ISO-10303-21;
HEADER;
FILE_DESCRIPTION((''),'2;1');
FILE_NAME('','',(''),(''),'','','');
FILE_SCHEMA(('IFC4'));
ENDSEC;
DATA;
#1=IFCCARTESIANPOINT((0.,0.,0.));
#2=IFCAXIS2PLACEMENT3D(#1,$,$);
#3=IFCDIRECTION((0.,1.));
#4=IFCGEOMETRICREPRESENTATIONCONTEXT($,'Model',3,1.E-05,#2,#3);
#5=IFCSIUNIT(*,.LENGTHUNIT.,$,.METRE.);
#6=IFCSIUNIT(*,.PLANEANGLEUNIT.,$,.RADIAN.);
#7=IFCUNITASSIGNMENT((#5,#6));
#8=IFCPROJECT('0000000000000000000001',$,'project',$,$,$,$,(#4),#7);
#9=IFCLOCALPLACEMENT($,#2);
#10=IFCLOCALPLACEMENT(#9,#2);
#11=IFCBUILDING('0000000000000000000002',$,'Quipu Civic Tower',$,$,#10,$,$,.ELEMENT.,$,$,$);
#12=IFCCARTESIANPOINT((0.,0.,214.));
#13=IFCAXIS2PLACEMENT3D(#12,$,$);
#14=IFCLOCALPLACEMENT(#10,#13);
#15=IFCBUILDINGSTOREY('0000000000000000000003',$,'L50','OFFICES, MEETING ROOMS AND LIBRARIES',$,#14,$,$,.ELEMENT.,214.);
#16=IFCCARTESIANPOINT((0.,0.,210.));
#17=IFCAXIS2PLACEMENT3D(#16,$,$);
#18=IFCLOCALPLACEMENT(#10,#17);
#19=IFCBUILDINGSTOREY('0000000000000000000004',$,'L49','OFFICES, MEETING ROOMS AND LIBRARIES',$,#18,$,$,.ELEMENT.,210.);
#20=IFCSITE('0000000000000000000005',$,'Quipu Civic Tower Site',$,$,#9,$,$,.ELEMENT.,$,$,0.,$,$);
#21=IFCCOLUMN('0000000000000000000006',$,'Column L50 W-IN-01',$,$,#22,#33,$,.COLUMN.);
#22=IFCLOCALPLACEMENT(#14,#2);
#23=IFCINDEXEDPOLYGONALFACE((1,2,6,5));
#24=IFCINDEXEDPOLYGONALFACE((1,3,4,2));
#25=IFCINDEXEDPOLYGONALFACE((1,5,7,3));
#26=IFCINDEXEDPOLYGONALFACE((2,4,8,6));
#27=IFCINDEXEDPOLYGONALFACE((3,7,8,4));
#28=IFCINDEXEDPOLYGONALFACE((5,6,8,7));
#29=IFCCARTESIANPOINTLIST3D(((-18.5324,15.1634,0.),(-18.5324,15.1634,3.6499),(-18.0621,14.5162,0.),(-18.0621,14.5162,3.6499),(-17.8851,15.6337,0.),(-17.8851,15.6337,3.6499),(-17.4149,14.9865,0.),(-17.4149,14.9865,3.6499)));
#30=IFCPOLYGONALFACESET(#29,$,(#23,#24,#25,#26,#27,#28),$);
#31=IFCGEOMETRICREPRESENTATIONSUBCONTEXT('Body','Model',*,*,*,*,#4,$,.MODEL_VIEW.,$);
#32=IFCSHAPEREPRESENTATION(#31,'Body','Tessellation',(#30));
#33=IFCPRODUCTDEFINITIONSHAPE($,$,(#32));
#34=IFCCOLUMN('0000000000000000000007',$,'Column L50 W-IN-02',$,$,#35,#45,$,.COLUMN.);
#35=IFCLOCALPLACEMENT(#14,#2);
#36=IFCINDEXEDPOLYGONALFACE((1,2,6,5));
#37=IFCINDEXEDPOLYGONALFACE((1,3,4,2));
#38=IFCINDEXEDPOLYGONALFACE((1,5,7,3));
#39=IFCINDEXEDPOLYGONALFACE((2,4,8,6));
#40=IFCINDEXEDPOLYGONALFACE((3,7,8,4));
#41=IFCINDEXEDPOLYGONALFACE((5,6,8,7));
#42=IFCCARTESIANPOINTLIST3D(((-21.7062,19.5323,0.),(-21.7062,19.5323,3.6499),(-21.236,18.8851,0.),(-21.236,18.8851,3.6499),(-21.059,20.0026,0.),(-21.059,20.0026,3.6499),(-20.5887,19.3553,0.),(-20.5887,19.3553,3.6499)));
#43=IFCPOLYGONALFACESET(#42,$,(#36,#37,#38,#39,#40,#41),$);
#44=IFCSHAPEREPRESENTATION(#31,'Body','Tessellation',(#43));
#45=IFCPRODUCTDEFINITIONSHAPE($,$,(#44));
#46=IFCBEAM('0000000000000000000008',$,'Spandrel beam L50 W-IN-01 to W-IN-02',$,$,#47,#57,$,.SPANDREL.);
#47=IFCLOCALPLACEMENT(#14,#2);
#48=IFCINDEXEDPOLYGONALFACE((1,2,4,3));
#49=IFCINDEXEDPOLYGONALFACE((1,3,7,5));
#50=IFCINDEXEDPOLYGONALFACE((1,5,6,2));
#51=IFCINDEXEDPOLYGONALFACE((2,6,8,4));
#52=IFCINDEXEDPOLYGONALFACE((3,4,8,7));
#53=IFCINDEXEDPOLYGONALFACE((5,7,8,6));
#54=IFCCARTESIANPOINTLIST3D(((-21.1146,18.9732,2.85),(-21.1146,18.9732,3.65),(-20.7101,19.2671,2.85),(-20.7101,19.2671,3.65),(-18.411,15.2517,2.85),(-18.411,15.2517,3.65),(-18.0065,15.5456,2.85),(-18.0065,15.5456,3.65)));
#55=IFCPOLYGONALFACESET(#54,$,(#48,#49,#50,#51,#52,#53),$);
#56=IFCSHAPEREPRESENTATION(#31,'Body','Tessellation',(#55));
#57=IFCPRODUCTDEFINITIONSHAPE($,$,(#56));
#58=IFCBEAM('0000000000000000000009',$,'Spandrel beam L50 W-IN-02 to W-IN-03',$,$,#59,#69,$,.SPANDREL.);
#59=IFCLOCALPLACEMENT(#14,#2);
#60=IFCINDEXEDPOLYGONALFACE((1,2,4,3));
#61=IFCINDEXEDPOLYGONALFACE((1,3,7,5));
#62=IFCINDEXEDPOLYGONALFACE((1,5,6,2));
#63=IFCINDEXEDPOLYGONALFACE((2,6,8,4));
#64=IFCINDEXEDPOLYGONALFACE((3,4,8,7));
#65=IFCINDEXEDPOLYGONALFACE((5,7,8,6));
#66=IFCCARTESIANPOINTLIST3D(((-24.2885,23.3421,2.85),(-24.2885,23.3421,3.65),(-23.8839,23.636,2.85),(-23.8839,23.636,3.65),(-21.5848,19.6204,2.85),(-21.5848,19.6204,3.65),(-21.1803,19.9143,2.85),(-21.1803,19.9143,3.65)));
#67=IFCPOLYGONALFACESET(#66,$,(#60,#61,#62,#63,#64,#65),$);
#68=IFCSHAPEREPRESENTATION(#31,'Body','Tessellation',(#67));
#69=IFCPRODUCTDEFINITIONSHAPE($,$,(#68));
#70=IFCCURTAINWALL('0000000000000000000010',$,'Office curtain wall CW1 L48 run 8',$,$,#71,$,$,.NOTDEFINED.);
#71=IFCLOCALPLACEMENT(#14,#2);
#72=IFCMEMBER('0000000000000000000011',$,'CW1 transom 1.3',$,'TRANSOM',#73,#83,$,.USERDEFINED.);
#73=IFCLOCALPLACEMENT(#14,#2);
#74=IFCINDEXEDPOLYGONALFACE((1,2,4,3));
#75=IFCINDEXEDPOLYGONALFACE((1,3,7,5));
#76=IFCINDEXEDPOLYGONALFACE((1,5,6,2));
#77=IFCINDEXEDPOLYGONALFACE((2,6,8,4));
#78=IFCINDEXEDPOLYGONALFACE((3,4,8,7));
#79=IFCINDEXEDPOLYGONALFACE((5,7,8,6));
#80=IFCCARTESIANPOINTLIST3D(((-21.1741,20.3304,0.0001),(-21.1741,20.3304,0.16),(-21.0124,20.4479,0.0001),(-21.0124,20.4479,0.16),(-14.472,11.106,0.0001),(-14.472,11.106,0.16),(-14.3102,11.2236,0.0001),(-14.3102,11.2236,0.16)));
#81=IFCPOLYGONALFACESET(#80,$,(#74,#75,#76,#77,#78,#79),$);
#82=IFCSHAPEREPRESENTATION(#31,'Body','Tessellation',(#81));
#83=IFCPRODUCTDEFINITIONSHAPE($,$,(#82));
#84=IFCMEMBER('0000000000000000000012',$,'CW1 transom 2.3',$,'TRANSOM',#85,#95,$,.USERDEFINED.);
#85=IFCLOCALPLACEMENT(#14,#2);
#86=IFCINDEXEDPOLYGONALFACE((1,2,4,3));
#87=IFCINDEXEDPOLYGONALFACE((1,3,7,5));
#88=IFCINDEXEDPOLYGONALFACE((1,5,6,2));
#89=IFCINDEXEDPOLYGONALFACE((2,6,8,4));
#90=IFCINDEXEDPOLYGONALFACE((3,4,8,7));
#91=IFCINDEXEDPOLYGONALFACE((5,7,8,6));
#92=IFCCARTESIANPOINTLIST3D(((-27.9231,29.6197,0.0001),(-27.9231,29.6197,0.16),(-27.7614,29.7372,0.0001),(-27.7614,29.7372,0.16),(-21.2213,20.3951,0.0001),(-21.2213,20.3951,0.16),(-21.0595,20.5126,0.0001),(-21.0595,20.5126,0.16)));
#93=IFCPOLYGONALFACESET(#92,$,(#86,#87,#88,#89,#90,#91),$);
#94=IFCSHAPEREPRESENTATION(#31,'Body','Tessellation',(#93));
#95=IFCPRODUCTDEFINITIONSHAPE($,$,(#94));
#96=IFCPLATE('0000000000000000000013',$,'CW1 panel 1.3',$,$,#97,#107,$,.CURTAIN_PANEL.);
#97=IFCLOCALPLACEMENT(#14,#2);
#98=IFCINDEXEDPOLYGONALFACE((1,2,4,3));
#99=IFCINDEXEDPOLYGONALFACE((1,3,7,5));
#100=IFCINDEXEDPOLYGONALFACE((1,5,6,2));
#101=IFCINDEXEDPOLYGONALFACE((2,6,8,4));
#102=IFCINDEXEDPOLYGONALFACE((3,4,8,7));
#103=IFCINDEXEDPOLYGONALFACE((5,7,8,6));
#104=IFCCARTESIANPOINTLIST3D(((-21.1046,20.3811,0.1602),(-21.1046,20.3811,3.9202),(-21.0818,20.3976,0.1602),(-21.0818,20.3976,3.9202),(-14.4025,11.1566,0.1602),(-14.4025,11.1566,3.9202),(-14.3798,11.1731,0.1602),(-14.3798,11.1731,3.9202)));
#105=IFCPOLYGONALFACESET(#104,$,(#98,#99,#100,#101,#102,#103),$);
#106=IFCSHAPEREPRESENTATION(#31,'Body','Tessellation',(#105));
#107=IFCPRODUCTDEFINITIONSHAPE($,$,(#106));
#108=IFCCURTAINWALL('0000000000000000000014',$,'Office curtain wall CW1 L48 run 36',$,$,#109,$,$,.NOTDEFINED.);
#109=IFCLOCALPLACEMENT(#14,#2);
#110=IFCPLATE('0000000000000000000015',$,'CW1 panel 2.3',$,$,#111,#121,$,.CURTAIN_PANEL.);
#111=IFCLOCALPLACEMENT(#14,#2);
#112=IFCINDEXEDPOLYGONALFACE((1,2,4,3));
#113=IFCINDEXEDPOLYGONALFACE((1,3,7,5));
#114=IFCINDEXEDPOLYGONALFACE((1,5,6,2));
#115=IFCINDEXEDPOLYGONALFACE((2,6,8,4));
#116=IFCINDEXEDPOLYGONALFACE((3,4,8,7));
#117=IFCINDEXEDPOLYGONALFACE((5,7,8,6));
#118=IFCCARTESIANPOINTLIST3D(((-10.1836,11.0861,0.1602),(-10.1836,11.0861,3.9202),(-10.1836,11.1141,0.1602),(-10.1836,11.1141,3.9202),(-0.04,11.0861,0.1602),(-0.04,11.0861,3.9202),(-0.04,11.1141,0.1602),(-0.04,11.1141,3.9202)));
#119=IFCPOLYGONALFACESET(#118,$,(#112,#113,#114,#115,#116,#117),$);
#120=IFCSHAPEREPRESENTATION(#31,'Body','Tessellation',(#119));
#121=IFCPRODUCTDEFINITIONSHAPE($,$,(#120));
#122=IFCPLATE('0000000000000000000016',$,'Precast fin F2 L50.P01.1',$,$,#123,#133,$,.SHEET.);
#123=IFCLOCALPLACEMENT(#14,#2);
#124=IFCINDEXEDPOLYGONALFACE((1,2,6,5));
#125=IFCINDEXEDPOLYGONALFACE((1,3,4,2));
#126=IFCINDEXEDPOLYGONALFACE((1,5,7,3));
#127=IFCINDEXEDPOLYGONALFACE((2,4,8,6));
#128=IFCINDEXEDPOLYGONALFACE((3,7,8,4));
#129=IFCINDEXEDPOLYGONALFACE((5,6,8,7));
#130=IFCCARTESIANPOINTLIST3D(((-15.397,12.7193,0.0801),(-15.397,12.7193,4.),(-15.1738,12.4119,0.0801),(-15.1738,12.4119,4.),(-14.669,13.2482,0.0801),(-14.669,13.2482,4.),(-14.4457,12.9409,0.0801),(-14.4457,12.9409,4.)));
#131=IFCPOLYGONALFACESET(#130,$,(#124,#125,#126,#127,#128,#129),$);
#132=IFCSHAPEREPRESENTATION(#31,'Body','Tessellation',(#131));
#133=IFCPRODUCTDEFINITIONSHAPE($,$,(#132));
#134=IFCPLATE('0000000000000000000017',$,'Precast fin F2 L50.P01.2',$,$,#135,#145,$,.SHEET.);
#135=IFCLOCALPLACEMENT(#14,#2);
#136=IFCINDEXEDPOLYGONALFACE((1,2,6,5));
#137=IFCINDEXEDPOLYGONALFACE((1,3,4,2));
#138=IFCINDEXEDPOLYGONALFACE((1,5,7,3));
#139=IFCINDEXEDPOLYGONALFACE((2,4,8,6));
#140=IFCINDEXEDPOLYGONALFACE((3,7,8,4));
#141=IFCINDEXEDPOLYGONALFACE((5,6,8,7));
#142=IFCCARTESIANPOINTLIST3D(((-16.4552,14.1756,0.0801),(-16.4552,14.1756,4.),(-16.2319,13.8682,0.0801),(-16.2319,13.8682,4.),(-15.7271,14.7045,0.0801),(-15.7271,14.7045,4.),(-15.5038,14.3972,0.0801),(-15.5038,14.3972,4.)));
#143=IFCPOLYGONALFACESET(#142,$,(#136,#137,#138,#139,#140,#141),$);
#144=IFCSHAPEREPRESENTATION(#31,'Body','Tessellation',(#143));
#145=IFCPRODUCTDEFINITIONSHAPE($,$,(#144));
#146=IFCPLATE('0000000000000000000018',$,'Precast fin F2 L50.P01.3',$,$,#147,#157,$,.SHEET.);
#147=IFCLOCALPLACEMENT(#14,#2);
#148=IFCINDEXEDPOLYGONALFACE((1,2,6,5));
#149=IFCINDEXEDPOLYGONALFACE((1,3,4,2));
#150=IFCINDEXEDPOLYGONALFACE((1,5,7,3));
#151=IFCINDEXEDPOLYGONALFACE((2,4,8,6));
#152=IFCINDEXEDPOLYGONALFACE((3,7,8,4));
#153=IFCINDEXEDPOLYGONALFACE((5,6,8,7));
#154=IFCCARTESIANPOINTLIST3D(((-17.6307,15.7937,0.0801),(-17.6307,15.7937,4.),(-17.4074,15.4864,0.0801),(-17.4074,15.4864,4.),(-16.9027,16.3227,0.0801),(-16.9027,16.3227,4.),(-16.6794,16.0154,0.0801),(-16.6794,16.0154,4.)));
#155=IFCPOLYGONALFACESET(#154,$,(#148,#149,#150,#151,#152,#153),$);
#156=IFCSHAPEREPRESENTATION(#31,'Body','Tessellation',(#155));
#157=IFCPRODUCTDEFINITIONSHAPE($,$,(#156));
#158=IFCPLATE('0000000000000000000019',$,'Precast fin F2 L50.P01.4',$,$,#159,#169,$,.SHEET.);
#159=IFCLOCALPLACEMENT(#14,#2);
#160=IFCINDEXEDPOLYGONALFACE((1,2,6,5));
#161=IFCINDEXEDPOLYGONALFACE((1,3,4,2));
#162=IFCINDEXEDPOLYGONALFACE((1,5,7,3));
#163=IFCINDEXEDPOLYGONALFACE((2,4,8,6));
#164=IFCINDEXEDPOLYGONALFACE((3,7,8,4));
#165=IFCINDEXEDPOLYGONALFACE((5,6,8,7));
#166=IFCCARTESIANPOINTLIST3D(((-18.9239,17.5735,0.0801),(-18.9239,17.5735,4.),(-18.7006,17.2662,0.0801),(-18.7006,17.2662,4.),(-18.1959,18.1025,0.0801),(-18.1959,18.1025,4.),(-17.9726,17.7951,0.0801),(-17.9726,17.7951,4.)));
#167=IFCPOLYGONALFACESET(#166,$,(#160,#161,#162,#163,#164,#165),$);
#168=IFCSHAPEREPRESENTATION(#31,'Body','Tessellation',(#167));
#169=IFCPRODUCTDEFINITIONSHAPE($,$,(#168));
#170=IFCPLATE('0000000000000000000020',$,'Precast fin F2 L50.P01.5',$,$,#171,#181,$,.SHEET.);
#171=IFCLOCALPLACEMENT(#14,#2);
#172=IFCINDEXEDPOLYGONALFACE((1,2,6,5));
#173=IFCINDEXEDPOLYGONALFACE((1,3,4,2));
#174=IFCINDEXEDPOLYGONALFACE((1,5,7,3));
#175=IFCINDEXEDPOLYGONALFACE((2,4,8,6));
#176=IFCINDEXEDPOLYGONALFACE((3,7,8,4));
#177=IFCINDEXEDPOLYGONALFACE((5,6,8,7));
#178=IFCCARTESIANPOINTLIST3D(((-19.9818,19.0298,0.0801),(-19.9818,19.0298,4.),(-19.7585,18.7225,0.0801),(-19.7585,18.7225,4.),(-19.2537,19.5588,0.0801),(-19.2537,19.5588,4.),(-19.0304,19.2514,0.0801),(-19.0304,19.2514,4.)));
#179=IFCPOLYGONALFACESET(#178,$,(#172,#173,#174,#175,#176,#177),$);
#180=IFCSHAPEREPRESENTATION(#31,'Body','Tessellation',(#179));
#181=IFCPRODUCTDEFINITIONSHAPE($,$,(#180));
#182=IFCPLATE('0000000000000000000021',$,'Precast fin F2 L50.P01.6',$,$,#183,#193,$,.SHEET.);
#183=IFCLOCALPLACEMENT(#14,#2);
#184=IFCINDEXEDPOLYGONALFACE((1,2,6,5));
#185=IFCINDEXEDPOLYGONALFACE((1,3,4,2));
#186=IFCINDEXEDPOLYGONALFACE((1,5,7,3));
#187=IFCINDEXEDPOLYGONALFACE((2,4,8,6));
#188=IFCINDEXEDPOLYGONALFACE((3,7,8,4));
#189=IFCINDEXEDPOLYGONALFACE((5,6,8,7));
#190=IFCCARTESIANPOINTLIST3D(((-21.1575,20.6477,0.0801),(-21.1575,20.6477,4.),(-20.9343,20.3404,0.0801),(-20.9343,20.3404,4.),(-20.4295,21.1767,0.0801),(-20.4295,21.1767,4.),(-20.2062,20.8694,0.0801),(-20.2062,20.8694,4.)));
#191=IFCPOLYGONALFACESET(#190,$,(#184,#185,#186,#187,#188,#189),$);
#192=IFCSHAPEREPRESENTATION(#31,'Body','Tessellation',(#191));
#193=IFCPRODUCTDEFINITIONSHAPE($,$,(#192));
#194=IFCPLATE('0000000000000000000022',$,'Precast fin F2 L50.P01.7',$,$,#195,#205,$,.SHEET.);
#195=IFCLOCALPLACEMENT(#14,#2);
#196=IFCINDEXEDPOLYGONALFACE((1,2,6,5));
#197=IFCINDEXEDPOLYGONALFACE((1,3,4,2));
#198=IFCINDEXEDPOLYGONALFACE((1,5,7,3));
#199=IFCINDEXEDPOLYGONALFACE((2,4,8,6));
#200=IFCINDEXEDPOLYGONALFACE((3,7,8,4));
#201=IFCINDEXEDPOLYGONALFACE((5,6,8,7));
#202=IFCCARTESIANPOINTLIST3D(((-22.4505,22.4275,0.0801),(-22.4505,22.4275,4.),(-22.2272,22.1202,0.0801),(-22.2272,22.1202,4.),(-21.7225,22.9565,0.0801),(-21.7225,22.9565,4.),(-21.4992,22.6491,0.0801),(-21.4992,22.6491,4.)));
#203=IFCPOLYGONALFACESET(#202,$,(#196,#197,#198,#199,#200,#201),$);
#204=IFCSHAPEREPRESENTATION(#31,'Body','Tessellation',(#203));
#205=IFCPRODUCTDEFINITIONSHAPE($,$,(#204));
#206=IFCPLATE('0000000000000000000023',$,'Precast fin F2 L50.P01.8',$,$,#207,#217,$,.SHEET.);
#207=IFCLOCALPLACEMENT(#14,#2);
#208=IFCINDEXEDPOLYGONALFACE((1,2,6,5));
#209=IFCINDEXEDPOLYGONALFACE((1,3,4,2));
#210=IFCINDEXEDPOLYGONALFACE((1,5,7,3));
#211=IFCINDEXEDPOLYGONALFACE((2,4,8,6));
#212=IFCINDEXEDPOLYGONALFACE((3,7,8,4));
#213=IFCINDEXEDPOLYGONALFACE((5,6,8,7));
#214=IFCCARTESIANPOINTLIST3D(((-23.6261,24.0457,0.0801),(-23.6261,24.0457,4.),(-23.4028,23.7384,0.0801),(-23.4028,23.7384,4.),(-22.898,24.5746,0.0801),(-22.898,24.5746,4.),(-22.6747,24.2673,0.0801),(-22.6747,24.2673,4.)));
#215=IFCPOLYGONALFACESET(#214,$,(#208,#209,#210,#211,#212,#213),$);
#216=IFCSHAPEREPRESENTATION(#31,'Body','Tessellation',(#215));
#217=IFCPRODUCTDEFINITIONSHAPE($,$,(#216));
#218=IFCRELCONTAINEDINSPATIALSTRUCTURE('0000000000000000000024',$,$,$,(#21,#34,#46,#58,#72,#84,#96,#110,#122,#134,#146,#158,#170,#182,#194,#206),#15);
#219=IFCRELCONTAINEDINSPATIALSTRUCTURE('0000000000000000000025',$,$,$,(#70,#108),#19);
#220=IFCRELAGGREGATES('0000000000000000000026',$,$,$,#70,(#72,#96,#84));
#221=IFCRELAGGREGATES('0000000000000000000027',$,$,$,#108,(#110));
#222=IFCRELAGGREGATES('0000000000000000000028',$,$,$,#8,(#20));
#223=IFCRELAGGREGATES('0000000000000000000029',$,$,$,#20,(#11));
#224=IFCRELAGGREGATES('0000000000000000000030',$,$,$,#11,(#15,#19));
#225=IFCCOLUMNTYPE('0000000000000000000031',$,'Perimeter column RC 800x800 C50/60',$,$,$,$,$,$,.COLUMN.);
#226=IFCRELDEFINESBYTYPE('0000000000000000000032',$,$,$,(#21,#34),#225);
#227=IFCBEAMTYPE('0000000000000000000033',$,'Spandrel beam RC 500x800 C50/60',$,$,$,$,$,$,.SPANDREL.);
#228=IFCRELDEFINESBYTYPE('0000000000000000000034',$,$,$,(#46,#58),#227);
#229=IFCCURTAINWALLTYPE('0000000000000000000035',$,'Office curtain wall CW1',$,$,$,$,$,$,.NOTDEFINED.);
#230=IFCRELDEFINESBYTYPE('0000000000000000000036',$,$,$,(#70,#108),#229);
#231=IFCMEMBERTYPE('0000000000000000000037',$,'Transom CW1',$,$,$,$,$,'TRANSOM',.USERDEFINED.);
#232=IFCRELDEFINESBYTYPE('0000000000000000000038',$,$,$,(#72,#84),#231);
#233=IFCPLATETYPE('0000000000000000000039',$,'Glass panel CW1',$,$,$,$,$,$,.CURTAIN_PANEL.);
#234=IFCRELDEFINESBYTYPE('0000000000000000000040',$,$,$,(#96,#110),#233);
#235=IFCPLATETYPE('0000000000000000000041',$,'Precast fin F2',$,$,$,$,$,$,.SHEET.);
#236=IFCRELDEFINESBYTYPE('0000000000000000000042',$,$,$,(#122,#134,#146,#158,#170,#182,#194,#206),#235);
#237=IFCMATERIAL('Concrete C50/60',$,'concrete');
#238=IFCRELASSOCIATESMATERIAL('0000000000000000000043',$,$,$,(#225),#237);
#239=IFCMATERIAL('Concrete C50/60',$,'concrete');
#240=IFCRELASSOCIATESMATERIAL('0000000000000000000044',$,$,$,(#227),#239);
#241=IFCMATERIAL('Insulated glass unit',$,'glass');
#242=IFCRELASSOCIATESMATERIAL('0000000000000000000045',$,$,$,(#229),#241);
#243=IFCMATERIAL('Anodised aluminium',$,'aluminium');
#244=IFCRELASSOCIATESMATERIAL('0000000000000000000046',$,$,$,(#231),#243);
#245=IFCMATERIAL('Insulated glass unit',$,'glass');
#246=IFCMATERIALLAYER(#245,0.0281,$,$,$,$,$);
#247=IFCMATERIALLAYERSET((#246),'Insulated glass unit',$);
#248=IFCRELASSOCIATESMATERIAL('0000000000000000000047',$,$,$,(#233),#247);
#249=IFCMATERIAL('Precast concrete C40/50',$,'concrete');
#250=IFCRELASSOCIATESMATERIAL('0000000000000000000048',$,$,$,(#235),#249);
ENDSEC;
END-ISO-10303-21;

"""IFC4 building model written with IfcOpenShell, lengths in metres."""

from ifc_helpers import new_model, si_unit, direction, frame, origin, origin_2d, place, context, subcontext, project, spatial, rectangle, extrude, material, layer, layer_set, material_profile, profile_set, type_object, element, aggregate, save


model = new_model("IFC4")

# Units and contexts
model_context = context("Model", 3, precision=1e-05, world=origin(), true_north=direction((0.0, 1.0)))
body_context = subcontext(model_context, "Body", "Model", "MODEL_VIEW")
ifc_project = project(units=[si_unit("LENGTHUNIT", "METRE"), si_unit("PLANEANGLEUNIT", "RADIAN")], contexts=[model_context])

# Site, building, storey
site_placement = place(None, origin())
site = spatial("IfcSite", under=ifc_project, at=site_placement, Name="Quipu Civic Tower Site", CompositionType="ELEMENT", RefElevation=0.0)
building_placement = place(site_placement, origin())
building = spatial("IfcBuilding", under=site, at=building_placement, Name="Quipu Civic Tower", CompositionType="ELEMENT")
storey_1_placement = place(building_placement, frame((0.0, 0.0, 214.0)))
storey_1 = spatial("IfcBuildingStorey", under=building, at=storey_1_placement, Name="L50", Description="OFFICES, MEETING ROOMS AND LIBRARIES", CompositionType="ELEMENT", Elevation=214.0)

# Columns
ifc_material_1 = material(Name="Concrete C50/60", Category="concrete")
ifc_material_profile_1 = material_profile(ifc_material_1, rectangle(XDim=0.8, YDim=0.8, at=origin_2d()), Name="RC800x800")
ifc_profile_set_1 = profile_set([ifc_material_profile_1], Name="Concrete C50/60")
column_type = type_object("IfcColumnType", Name="Perimeter column RC 800x800 C50/60", PredefinedType="COLUMN", material=ifc_profile_set_1)
for number, where, z_axis, x_axis, name in (
    (1, (-17.9736, 15.075, 0.0), (0.0, 0.0, 1.0), (-0.587785, 0.809017, 0.0), "Column L50 W-IN-01"),
    (2, (-21.1475, 19.4438, 0.0), (0.0, 0.0, 1.0), (-0.587785, 0.809017, 0.0), "Column L50 W-IN-02"),
):
    element("IfcColumn", number, at=place(storey_1_placement, frame(where, z_axis=z_axis, x_axis=x_axis)), inside=storey_1, type_object=column_type, Name=name, PredefinedType="COLUMN", context=body_context, shape_type="SweptSolid", body=[
        extrude(rectangle(XDim=0.8, YDim=0.8, at=origin_2d()), origin(), (0.0, 0.0, 1.0), 3.6499),
    ])

# Beams
ifc_material_2 = material(Name="Concrete C50/60", Category="concrete")
ifc_material_profile_2 = material_profile(ifc_material_2, rectangle(XDim=0.5, YDim=0.8, at=origin_2d()), Name="RC500x800")
ifc_profile_set_2 = profile_set([ifc_material_profile_2], Name="Concrete C50/60")
beam_type = type_object("IfcBeamType", Name="Spandrel beam RC 500x800 C50/60", PredefinedType="SPANDREL", material=ifc_profile_set_2)
beam_1_placement = place(storey_1_placement, frame((-18.2087, 15.3987, 3.25), z_axis=(-0.587761, 0.809034, 0.0), x_axis=(-0.809034, -0.587761, 0.0)))
element("IfcBeam", 3, at=beam_1_placement, inside=storey_1, type_object=beam_type, Name="Spandrel beam L50 W-IN-01 to W-IN-02", PredefinedType="SPANDREL", context=body_context, shape_type="SweptSolid", body=[
    extrude(rectangle(XDim=0.5, YDim=0.8, at=origin_2d()), origin(), (0.0, 0.0, 1.0), 4.5999),
])
beam_2_placement = place(storey_1_placement, frame((-21.3826, 19.7673, 3.25), z_axis=(-0.587736, 0.809053, 0.0), x_axis=(-0.809053, -0.587736, 0.0)))
element("IfcBeam", 4, at=beam_2_placement, inside=storey_1, type_object=beam_type, Name="Spandrel beam L50 W-IN-02 to W-IN-03", PredefinedType="SPANDREL", context=body_context, shape_type="SweptSolid", body=[
    extrude(rectangle(XDim=0.5, YDim=0.8, at=origin_2d()), origin(), (0.0, 0.0, 1.0), 4.6001),
])

# Shared definitions
storey_2_placement = place(building_placement, frame((0.0, 0.0, 210.0)))
storey_2 = spatial("IfcBuildingStorey", under=building, at=storey_2_placement, Name="L49", Description="OFFICES, MEETING ROOMS AND LIBRARIES", CompositionType="ELEMENT", Elevation=210.0)

# Curtain wall, members, plate
ifc_material_3 = material(Name="Insulated glass unit", Category="glass")
curtain_wall_type = type_object("IfcCurtainWallType", Name="Office curtain wall CW1", PredefinedType="NOTDEFINED", material=ifc_material_3)
curtain_wall_1_placement = place(storey_2_placement, origin())
curtain_wall_1 = element("IfcCurtainWall", 5, at=curtain_wall_1_placement, inside=storey_2, type_object=curtain_wall_type, Name="Office curtain wall CW1 L48 run 8", PredefinedType="NOTDEFINED")
ifc_material_4 = material(Name="Anodised aluminium", Category="aluminium")
ifc_material_profile_3 = material_profile(ifc_material_4, rectangle(XDim=0.2, YDim=0.1599, at=origin_2d()), Name="RECT 200x160")
ifc_profile_set_3 = profile_set([ifc_material_profile_3], Name="Anodised aluminium")
member_type = type_object("IfcMemberType", Name="Transom CW1", ElementType="TRANSOM", PredefinedType="USERDEFINED", material=ifc_profile_set_3)
member_1_placement = place(storey_1_placement, frame((-14.3911, 11.1648, 0.0801), z_axis=(-0.5878, 0.809006, 0.0), x_axis=(-0.809006, -0.5878, 0.0)))
member_1 = element("IfcMember", 6, at=member_1_placement, inside=storey_1, type_object=member_type, Name="CW1 transom 1.3", ObjectType="TRANSOM", PredefinedType="USERDEFINED", context=body_context, shape_type="SweptSolid", body=[
    extrude(rectangle(XDim=0.2, YDim=0.1599, at=origin_2d()), origin(), (0.0, 0.0, 1.0), 11.4021),
])
member_2_placement = place(storey_1_placement, frame((-21.1404, 20.4539, 0.0801), z_axis=(-0.587776, 0.809024, 0.0), x_axis=(-0.809024, -0.587776, 0.0)))
member_2 = element("IfcMember", 7, at=member_2_placement, inside=storey_1, type_object=member_type, Name="CW1 transom 2.3", ObjectType="TRANSOM", PredefinedType="USERDEFINED", context=body_context, shape_type="SweptSolid", body=[
    extrude(rectangle(XDim=0.2, YDim=0.1599, at=origin_2d()), origin(), (0.0, 0.0, 1.0), 11.4021),
])
ifc_material_5 = material(Name="Insulated glass unit", Category="glass")
ifc_layer_1 = layer(ifc_material_5, 0.0281)
ifc_layer_set_1 = layer_set([ifc_layer_1], Name="Insulated glass unit")
plate_type_1 = type_object("IfcPlateType", Name="Glass panel CW1", PredefinedType="CURTAIN_PANEL", material=ifc_layer_set_1)
plate_1_placement = place(storey_1_placement, frame((-17.7422, 15.7771, 0.1602), z_axis=(0.0, 0.0, 1.0), x_axis=(-0.587789, 0.809014, 0.0)))
plate_1 = element("IfcPlate", 8, at=plate_1_placement, inside=storey_1, type_object=plate_type_1, Name="CW1 panel 1.3", PredefinedType="CURTAIN_PANEL", context=body_context, shape_type="SweptSolid", body=[
    extrude(rectangle(XDim=11.4021, YDim=0.0281, at=origin_2d()), origin(), (0.0, 0.0, 1.0), 3.76),
])
aggregate(curtain_wall_1, [member_1, plate_1, member_2])

# Curtain wall, plate
curtain_wall_2_placement = place(storey_2_placement, origin())
curtain_wall_2 = element("IfcCurtainWall", 9, at=curtain_wall_2_placement, inside=storey_2, type_object=curtain_wall_type, Name="Office curtain wall CW1 L48 run 36", PredefinedType="NOTDEFINED")
plate_2_placement = place(storey_1_placement, frame((-5.1118, 11.1001, 0.1602), z_axis=(0.0, 0.0, 1.0), x_axis=(-1.0, 0.0, 0.0)))
plate_2 = element("IfcPlate", 10, at=plate_2_placement, inside=storey_1, type_object=plate_type_1, Name="CW1 panel 2.3", PredefinedType="CURTAIN_PANEL", context=body_context, shape_type="SweptSolid", body=[
    extrude(rectangle(XDim=10.1436, YDim=0.0281, at=origin_2d()), origin(), (0.0, 0.0, 1.0), 3.76),
])
aggregate(curtain_wall_2, [plate_2])

# Plates
ifc_material_6 = material(Name="Precast concrete C40/50", Category="concrete")
plate_type_2 = type_object("IfcPlateType", Name="Precast fin F2", PredefinedType="SHEET", material=ifc_material_6)
for number, where, z_axis, x_axis, name in (
    (11, (-14.9214, 12.8301, 0.0801), (0.0, 0.0, 1.0), (-0.587787, 0.809016, 0.0), "Precast fin F2 L50.P01.1"),
    (12, (-15.9795, 14.2864, 0.0801), (0.0, 0.0, 1.0), (-0.587787, 0.809016, 0.0), "Precast fin F2 L50.P01.2"),
    (13, (-17.155, 15.9045, 0.0801), (0.0, 0.0, 1.0), (-0.587787, 0.809016, 0.0), "Precast fin F2 L50.P01.3"),
    (14, (-18.4482, 17.6843, 0.0801), (0.0, 0.0, 1.0), (-0.587787, 0.809016, 0.0), "Precast fin F2 L50.P01.4"),
    (15, (-19.5061, 19.1406, 0.0801), (0.0, 0.0, 1.0), (-0.587787, 0.809016, 0.0), "Precast fin F2 L50.P01.5"),
    (16, (-20.6819, 20.7585, 0.0801), (0.0, 0.0, 1.0), (-0.587787, 0.809016, 0.0), "Precast fin F2 L50.P01.6"),
    (17, (-21.9749, 22.5383, 0.0801), (0.0, 0.0, 1.0), (-0.587787, 0.809016, 0.0), "Precast fin F2 L50.P01.7"),
    (18, (-23.1504, 24.1565, 0.0801), (0.0, 0.0, 1.0), (-0.587787, 0.809016, 0.0), "Precast fin F2 L50.P01.8"),
):
    element("IfcPlate", number, at=place(storey_1_placement, frame(where, z_axis=z_axis, x_axis=x_axis)), inside=storey_1, type_object=plate_type_2, Name=name, PredefinedType="SHEET", context=body_context, shape_type="SweptSolid", body=[
        extrude(rectangle(XDim=0.3799, YDim=0.8999, at=origin_2d()), origin(), (0.0, 0.0, 1.0), 3.9199),
    ])

save(model, "model.ifc")
